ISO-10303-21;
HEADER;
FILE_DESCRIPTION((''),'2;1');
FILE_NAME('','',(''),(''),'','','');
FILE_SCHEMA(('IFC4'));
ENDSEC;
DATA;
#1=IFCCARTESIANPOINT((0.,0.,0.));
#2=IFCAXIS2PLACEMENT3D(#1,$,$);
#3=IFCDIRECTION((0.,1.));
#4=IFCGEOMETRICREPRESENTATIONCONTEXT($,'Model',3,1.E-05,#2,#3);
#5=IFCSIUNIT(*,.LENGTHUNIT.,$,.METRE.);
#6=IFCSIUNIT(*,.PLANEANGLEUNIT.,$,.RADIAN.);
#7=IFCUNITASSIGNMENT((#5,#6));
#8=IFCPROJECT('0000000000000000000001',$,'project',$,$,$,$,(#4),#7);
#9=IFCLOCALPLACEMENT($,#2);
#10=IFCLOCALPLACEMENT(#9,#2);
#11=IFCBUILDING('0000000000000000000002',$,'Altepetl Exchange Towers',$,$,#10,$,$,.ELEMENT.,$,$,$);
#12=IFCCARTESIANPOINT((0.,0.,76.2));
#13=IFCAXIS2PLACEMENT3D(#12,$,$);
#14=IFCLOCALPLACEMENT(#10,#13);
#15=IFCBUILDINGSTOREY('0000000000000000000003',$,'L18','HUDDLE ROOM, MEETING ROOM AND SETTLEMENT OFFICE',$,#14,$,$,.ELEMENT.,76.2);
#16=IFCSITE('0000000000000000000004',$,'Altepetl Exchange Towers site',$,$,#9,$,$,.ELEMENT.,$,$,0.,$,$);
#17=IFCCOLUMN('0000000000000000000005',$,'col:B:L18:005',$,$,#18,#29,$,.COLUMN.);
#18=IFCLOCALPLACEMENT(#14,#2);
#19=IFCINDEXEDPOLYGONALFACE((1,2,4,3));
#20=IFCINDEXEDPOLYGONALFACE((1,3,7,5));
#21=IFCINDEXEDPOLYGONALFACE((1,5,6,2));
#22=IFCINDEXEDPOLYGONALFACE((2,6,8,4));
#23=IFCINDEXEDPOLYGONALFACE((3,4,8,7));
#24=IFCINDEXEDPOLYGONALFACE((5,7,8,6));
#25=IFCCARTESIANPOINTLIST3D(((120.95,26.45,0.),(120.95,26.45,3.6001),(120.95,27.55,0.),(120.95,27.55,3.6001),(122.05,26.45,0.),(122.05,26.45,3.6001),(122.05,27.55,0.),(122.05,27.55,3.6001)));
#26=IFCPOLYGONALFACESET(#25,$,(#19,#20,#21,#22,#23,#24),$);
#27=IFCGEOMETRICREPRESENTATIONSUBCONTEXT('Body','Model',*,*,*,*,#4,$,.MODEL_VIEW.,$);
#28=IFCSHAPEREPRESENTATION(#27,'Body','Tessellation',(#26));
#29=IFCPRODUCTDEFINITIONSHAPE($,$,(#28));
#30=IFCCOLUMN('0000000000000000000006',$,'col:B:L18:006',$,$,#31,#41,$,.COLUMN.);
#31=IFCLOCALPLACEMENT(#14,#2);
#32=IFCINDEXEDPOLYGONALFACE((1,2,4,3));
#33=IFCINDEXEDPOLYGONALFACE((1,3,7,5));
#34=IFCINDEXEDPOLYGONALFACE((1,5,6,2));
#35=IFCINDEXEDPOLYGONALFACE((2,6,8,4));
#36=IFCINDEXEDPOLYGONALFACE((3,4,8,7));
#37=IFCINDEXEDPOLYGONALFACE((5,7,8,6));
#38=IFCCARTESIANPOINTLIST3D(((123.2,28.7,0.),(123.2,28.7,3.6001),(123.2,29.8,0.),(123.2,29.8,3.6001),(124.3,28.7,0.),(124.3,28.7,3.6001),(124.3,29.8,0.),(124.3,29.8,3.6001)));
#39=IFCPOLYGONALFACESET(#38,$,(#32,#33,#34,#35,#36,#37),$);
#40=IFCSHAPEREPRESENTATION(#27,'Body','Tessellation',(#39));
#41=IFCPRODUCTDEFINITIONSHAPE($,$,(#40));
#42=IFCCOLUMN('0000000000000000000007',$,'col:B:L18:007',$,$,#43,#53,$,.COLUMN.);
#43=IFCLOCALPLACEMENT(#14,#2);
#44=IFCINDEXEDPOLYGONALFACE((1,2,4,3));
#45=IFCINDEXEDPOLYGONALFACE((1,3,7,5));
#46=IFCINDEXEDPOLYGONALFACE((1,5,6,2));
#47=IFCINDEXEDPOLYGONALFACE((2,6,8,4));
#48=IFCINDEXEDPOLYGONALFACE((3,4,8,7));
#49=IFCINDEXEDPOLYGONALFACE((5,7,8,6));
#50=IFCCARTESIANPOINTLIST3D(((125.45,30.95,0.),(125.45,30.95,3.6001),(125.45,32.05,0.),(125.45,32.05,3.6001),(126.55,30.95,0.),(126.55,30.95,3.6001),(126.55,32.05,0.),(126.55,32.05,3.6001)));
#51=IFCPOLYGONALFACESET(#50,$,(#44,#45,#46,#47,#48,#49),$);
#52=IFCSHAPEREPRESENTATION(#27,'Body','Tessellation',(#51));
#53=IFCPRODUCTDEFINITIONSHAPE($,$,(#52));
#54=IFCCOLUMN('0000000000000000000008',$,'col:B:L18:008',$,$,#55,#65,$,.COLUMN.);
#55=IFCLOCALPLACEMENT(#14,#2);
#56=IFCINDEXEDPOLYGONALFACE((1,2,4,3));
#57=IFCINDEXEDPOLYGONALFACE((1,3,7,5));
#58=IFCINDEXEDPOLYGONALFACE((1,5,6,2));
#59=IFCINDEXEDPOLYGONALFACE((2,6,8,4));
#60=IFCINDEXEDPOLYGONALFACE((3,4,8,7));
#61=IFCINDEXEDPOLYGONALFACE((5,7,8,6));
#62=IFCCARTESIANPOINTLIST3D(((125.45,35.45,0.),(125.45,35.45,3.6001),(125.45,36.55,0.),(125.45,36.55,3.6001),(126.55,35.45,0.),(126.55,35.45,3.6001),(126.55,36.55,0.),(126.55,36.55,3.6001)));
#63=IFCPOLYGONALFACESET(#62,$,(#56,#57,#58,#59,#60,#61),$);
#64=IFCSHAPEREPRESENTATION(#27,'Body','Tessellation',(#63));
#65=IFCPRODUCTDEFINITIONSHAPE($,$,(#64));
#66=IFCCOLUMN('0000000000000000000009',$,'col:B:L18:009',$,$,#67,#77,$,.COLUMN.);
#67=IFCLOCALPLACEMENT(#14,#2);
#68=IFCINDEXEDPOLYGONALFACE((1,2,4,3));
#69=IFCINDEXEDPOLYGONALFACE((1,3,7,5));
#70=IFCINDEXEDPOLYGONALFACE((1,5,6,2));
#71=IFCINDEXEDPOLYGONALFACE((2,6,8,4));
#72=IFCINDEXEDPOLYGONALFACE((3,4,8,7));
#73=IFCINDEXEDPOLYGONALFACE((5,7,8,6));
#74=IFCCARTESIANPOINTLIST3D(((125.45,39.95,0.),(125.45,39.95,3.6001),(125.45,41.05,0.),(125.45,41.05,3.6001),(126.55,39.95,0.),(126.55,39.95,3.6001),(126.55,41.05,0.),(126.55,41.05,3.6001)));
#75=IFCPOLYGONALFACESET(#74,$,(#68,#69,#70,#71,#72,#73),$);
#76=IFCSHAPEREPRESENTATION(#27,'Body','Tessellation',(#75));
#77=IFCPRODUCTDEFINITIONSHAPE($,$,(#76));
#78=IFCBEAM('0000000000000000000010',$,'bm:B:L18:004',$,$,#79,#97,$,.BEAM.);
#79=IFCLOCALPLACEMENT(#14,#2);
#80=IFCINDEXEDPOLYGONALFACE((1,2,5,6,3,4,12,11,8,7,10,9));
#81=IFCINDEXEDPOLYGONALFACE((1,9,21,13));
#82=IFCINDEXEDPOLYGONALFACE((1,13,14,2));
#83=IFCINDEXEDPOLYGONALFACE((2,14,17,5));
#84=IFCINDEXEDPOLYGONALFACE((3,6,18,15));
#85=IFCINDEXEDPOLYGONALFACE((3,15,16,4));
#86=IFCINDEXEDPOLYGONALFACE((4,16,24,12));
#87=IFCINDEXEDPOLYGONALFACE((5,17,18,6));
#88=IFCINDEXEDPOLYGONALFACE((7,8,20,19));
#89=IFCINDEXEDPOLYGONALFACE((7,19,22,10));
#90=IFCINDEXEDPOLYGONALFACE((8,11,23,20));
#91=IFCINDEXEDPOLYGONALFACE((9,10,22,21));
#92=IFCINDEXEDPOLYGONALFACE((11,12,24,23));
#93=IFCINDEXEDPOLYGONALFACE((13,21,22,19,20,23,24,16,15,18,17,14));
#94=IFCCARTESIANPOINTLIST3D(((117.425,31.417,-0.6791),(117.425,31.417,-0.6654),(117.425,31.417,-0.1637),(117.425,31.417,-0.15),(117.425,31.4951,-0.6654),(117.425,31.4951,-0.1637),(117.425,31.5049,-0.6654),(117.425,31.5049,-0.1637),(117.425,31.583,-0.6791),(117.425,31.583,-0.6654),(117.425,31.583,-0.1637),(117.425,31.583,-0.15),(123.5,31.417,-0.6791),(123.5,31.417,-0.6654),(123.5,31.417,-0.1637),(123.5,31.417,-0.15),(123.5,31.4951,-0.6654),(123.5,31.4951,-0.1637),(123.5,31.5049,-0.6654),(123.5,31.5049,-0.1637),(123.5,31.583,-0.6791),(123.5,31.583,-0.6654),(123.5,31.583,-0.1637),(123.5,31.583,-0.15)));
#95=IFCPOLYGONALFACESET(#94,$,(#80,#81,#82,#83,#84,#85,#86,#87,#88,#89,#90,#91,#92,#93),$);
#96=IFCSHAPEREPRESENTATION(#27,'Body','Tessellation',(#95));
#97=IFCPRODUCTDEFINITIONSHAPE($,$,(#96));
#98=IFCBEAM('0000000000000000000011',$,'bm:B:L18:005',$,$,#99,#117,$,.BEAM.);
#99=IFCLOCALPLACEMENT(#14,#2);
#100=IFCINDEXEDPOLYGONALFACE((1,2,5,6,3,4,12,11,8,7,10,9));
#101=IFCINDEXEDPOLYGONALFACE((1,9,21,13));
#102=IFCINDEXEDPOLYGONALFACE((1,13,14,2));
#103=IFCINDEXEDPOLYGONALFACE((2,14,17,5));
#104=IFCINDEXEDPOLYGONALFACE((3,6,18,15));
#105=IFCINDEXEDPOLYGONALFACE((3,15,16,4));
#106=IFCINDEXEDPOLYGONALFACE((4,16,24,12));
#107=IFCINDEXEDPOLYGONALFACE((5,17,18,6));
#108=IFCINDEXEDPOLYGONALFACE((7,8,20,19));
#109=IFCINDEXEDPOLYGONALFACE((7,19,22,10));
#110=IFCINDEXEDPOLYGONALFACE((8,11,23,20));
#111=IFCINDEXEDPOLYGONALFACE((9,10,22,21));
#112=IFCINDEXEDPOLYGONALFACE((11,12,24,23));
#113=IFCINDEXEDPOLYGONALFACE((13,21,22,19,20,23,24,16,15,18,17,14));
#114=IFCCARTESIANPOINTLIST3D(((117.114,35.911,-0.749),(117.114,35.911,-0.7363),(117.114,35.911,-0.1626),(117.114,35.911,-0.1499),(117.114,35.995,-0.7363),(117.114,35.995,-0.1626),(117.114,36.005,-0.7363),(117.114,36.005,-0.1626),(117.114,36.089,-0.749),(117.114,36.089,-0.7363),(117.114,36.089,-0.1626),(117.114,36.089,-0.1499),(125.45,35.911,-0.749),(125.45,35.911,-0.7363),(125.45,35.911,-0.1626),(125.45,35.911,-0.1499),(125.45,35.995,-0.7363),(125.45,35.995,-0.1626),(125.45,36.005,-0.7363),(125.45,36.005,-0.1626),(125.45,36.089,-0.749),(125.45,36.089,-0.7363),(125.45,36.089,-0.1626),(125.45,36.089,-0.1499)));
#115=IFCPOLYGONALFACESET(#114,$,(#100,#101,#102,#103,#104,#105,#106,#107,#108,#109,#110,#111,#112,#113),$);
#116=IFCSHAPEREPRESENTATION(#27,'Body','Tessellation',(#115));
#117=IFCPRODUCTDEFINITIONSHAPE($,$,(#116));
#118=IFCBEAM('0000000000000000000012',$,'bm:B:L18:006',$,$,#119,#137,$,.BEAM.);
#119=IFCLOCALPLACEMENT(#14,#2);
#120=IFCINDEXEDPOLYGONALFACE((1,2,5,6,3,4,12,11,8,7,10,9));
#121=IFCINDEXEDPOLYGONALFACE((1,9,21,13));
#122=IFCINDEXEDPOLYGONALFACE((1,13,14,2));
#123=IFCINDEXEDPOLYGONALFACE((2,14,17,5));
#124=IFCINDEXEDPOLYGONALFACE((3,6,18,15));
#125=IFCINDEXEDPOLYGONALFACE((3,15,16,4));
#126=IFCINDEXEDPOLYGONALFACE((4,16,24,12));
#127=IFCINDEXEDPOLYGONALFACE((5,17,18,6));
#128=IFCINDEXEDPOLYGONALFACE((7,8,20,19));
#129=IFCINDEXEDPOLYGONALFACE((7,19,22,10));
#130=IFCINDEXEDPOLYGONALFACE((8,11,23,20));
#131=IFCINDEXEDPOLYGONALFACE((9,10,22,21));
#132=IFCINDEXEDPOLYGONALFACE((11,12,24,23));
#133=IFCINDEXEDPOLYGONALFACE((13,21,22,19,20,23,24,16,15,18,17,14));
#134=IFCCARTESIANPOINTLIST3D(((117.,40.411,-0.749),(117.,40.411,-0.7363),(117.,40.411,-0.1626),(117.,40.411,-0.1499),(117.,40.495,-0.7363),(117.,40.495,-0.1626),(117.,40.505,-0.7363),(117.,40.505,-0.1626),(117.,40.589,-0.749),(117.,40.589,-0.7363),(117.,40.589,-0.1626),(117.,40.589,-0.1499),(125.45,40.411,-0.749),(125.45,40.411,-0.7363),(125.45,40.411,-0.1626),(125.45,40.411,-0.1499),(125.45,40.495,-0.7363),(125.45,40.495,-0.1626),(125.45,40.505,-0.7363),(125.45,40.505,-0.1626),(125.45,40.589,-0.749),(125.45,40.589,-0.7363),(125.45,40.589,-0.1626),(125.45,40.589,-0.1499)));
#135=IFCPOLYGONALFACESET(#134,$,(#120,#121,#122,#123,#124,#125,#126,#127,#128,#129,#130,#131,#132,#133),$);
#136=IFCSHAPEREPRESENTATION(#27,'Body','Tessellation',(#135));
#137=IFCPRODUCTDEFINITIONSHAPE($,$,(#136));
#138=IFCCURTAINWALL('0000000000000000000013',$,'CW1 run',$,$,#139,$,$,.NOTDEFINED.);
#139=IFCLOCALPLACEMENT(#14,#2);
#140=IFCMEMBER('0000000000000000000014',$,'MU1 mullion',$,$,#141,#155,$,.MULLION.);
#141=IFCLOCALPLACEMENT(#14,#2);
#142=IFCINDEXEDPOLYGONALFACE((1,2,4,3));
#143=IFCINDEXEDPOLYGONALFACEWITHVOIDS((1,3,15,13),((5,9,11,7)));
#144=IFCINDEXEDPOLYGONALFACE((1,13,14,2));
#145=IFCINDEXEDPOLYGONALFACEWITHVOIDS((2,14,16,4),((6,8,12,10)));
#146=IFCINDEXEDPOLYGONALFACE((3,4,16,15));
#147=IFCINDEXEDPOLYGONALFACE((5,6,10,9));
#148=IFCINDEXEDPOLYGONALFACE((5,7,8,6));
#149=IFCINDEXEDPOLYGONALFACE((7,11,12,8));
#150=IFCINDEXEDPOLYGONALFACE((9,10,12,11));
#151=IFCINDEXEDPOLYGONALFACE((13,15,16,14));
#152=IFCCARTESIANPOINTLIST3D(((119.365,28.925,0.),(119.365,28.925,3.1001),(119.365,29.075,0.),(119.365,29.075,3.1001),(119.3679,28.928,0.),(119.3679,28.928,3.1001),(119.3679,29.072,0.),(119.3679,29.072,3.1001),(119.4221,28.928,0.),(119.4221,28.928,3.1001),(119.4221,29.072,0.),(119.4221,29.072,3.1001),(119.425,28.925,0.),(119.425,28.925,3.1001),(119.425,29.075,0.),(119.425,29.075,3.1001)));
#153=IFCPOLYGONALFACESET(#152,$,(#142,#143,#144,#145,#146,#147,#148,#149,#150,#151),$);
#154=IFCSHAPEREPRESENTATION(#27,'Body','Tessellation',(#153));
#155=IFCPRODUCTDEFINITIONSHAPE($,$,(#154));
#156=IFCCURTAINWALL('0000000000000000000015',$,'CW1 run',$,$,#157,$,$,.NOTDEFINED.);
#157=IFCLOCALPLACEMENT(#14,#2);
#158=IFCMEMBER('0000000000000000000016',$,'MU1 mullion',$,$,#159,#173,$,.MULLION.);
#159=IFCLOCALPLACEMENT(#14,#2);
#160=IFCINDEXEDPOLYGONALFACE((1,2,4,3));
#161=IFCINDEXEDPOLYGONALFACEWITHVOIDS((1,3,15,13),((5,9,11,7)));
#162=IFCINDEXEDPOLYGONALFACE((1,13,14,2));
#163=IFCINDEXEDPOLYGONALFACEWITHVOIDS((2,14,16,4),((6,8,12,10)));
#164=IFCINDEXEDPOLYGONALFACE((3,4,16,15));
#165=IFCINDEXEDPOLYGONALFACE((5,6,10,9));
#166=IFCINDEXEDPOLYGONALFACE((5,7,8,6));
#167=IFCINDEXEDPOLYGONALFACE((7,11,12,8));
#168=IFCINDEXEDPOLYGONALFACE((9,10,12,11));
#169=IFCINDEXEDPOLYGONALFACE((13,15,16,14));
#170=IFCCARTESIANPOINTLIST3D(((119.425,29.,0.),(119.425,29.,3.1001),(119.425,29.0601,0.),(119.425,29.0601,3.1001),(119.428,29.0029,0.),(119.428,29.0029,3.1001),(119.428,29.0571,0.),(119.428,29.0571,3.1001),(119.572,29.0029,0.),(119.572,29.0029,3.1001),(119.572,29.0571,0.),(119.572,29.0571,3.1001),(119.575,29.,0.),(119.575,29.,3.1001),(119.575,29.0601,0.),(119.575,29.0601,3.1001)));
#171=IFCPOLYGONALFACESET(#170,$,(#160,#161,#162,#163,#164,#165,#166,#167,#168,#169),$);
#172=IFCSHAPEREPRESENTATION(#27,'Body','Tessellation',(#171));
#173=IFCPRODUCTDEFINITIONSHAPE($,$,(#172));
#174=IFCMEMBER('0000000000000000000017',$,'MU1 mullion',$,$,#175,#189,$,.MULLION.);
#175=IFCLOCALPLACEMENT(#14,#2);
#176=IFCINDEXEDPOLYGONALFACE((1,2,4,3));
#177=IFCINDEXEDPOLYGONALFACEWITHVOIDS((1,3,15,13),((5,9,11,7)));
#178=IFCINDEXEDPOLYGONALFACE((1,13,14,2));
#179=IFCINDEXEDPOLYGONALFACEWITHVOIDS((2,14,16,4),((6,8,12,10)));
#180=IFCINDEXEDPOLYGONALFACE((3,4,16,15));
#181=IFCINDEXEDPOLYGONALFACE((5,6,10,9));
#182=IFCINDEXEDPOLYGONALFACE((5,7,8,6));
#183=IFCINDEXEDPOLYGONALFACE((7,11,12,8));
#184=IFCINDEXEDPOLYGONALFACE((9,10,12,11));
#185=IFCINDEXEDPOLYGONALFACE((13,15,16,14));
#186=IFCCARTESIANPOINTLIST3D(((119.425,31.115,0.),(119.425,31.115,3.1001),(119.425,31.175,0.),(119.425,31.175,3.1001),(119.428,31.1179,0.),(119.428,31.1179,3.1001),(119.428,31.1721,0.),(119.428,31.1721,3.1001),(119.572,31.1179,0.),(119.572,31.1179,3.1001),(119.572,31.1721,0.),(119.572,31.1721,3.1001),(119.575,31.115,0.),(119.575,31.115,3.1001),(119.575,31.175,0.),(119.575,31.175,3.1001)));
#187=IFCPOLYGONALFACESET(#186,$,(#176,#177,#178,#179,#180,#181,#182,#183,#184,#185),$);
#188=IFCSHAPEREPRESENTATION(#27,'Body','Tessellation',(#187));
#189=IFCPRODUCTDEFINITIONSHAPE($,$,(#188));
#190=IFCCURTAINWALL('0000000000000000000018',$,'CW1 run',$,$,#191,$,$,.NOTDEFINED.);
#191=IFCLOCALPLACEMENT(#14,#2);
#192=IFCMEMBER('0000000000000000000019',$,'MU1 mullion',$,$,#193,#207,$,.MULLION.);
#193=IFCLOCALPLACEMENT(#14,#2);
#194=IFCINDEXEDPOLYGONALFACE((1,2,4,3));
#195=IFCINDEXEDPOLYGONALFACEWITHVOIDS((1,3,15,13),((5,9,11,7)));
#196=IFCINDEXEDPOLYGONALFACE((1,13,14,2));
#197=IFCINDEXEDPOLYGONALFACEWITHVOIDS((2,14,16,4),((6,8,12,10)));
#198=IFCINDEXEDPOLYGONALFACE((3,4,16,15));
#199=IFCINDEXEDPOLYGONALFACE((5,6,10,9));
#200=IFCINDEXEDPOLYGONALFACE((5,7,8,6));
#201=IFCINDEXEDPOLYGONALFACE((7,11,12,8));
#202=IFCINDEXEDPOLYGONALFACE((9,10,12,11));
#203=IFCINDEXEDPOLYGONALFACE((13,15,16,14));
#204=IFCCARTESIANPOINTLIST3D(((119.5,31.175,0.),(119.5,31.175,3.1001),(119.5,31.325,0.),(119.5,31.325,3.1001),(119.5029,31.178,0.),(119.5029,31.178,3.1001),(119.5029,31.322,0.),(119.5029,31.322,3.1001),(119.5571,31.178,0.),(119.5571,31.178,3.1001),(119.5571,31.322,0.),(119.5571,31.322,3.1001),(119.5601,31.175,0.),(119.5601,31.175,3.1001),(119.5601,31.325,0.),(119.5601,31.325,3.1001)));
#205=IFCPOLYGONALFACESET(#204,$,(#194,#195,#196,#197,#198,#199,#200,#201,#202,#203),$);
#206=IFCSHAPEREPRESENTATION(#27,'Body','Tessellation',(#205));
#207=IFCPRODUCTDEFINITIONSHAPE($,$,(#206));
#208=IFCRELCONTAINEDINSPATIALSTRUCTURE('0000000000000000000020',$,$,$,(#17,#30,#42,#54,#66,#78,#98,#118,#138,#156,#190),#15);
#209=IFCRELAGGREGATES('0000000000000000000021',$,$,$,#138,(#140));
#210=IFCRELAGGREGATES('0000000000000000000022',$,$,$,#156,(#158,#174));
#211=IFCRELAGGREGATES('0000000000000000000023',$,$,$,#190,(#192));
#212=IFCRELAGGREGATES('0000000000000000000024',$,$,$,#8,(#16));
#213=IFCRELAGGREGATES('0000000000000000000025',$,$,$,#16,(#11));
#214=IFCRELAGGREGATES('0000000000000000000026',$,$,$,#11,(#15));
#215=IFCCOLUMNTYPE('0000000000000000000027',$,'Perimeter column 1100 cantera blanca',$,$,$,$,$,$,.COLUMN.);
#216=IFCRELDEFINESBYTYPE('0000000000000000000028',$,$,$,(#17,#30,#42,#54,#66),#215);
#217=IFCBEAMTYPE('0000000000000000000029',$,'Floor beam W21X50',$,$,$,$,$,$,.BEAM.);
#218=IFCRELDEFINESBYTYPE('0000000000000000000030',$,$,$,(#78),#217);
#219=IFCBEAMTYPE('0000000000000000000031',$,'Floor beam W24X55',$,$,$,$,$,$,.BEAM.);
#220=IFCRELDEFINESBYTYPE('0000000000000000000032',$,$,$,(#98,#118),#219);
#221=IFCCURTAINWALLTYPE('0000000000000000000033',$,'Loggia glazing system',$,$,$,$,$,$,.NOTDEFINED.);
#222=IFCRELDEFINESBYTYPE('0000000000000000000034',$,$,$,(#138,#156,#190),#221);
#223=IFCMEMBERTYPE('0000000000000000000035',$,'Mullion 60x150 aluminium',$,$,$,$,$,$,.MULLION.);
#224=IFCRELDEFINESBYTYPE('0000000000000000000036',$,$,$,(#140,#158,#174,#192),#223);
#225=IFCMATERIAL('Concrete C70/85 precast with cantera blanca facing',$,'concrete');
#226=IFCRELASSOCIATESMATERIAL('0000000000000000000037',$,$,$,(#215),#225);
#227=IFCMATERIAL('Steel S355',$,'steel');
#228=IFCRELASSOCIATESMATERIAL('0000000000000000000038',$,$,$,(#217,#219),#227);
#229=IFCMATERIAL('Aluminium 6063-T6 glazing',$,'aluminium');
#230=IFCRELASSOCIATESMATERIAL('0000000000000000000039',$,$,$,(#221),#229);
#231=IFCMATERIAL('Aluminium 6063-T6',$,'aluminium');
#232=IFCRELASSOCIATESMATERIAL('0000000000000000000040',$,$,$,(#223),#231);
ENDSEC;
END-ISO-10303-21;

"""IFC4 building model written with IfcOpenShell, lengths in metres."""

from ifc_helpers import new_model, si_unit, direction, frame, origin, origin_2d, place, context, subcontext, project, spatial, rectangle, hollow_rectangle, i_section, extrude, material, material_profile, profile_set, type_object, element, aggregate, save


model = new_model("IFC4")

# Units and contexts
model_context = context("Model", 3, precision=1e-05, world=origin(), true_north=direction((0.0, 1.0)))
body_context = subcontext(model_context, "Body", "Model", "MODEL_VIEW")
ifc_project = project(units=[si_unit("LENGTHUNIT", "METRE"), si_unit("PLANEANGLEUNIT", "RADIAN")], contexts=[model_context])

# Site, building, storey
site_placement = place(None, origin())
site = spatial("IfcSite", under=ifc_project, at=site_placement, Name="Altepetl Exchange Towers site", CompositionType="ELEMENT", RefElevation=0.0)
building_placement = place(site_placement, origin())
building = spatial("IfcBuilding", under=site, at=building_placement, Name="Altepetl Exchange Towers", CompositionType="ELEMENT")
storey_placement = place(building_placement, frame((0.0, 0.0, 76.2)))
storey = spatial("IfcBuildingStorey", under=building, at=storey_placement, Name="L18", Description="HUDDLE ROOM, MEETING ROOM AND SETTLEMENT OFFICE", CompositionType="ELEMENT", Elevation=76.2)

# Columns
ifc_material_1 = material(Name="Concrete C70/85 precast with cantera blanca facing", Category="concrete")
ifc_material_profile_1 = material_profile(ifc_material_1, rectangle(XDim=1.1001, YDim=1.1001, at=origin_2d()), Name="1100 x 1100")
ifc_profile_set_1 = profile_set([ifc_material_profile_1], Name="Concrete C70/85 precast with cantera blanca facing")
column_type = type_object("IfcColumnType", Name="Perimeter column 1100 cantera blanca", PredefinedType="COLUMN", material=ifc_profile_set_1)
for number, where, name in (
    (1, (121.5, 27.0, 0.0), "col:B:L18:005"),
    (2, (123.75, 29.25, 0.0), "col:B:L18:006"),
    (3, (126.0, 31.5, 0.0), "col:B:L18:007"),
    (4, (126.0, 36.0, 0.0), "col:B:L18:008"),
    (5, (126.0, 40.5, 0.0), "col:B:L18:009"),
):
    element("IfcColumn", number, at=place(storey_placement, frame(where)), inside=storey, type_object=column_type, Name=name, PredefinedType="COLUMN", context=body_context, shape_type="SweptSolid", body=[
        extrude(rectangle(XDim=1.1001, YDim=1.1001, at=origin_2d()), origin(), (0.0, 0.0, 1.0), 3.6001),
    ])

# Beams
ifc_material_2 = material(Name="Steel S355", Category="steel")
ifc_material_profile_2 = material_profile(ifc_material_2, i_section(OverallWidth=0.166, OverallDepth=0.5291, WebThickness=0.0098, FlangeThickness=0.0137, at=origin_2d()), Name="W21X50")
ifc_profile_set_2 = profile_set([ifc_material_profile_2], Name="Steel S355")
beam_type_1 = type_object("IfcBeamType", Name="Floor beam W21X50", PredefinedType="BEAM", material=ifc_profile_set_2)
beam_1_placement = place(storey_placement, frame((117.425, 31.5, -0.4146), z_axis=(1.0, 0.0, 0.0), x_axis=(0.0, 1.0, 0.0)))
element("IfcBeam", 6, at=beam_1_placement, inside=storey, type_object=beam_type_1, Name="bm:B:L18:004", PredefinedType="BEAM", context=body_context, shape_type="SweptSolid", body=[
    extrude(i_section(OverallWidth=0.166, OverallDepth=0.5291, WebThickness=0.0098, FlangeThickness=0.0137, at=origin_2d()), origin(), (0.0, 0.0, 1.0), 6.075),
])
ifc_material_profile_3 = material_profile(ifc_material_2, i_section(OverallWidth=0.178, OverallDepth=0.5991, WebThickness=0.01, FlangeThickness=0.0127, at=origin_2d()), Name="W24X55")
ifc_profile_set_3 = profile_set([ifc_material_profile_3], Name="Steel S355")
beam_type_2 = type_object("IfcBeamType", Name="Floor beam W24X55", PredefinedType="BEAM", material=ifc_profile_set_3)
beam_2_placement = place(storey_placement, frame((117.114, 36.0, -0.4495), z_axis=(1.0, 0.0, 0.0), x_axis=(0.0, 1.0, 0.0)))
element("IfcBeam", 7, at=beam_2_placement, inside=storey, type_object=beam_type_2, Name="bm:B:L18:005", PredefinedType="BEAM", context=body_context, shape_type="SweptSolid", body=[
    extrude(i_section(OverallWidth=0.178, OverallDepth=0.5991, WebThickness=0.01, FlangeThickness=0.0127, at=origin_2d()), origin(), (0.0, 0.0, 1.0), 8.3359),
])
beam_3_placement = place(storey_placement, frame((117.0, 40.5, -0.4495), z_axis=(1.0, 0.0, 0.0), x_axis=(0.0, 1.0, 0.0)))
element("IfcBeam", 8, at=beam_3_placement, inside=storey, type_object=beam_type_2, Name="bm:B:L18:006", PredefinedType="BEAM", context=body_context, shape_type="SweptSolid", body=[
    extrude(i_section(OverallWidth=0.178, OverallDepth=0.5991, WebThickness=0.01, FlangeThickness=0.0127, at=origin_2d()), origin(), (0.0, 0.0, 1.0), 8.45),
])

# Curtain wall, member
ifc_material_3 = material(Name="Aluminium 6063-T6 glazing", Category="aluminium")
curtain_wall_type = type_object("IfcCurtainWallType", Name="Loggia glazing system", PredefinedType="NOTDEFINED", material=ifc_material_3)
curtain_wall_1_placement = place(storey_placement, origin())
curtain_wall_1 = element("IfcCurtainWall", 9, at=curtain_wall_1_placement, inside=storey, type_object=curtain_wall_type, Name="CW1 run", PredefinedType="NOTDEFINED")
ifc_material_4 = material(Name="Aluminium 6063-T6", Category="aluminium")
ifc_material_profile_4 = material_profile(ifc_material_4, hollow_rectangle(XDim=0.0601, YDim=0.1499, WallThickness=0.0029, at=origin_2d()), Name="Mullion 60x150 aluminium")
ifc_profile_set_4 = profile_set([ifc_material_profile_4], Name="Aluminium 6063-T6")
member_type = type_object("IfcMemberType", Name="Mullion 60x150 aluminium", PredefinedType="MULLION", material=ifc_profile_set_4)
member_1_placement = place(storey_placement, frame((119.395, 29.0, 0.0)))
member_1 = element("IfcMember", 10, at=member_1_placement, type_object=member_type, Name="MU1 mullion", PredefinedType="MULLION", context=body_context, shape_type="SweptSolid", body=[
    extrude(hollow_rectangle(XDim=0.0601, YDim=0.1499, WallThickness=0.0029, at=origin_2d()), origin(), (0.0, 0.0, 1.0), 3.1001),
])

# Curtain walls, members
curtain_wall_2_placement = place(storey_placement, origin())
curtain_wall_2 = element("IfcCurtainWall", 11, at=curtain_wall_2_placement, inside=storey, type_object=curtain_wall_type, Name="CW1 run", PredefinedType="NOTDEFINED")
member_2_placement = place(storey_placement, frame((119.5, 29.03, 0.0), z_axis=(0.0, 0.0, 1.0), x_axis=(0.0, 1.0, 0.0)))
member_2 = element("IfcMember", 12, at=member_2_placement, type_object=member_type, Name="MU1 mullion", PredefinedType="MULLION", context=body_context, shape_type="SweptSolid", body=[
    extrude(hollow_rectangle(XDim=0.0601, YDim=0.1499, WallThickness=0.0029, at=origin_2d()), origin(), (0.0, 0.0, 1.0), 3.1001),
])
member_3_placement = place(storey_placement, frame((119.5, 31.145, 0.0), z_axis=(0.0, 0.0, 1.0), x_axis=(0.0, 1.0, 0.0)))
member_3 = element("IfcMember", 13, at=member_3_placement, type_object=member_type, Name="MU1 mullion", PredefinedType="MULLION", context=body_context, shape_type="SweptSolid", body=[
    extrude(hollow_rectangle(XDim=0.0601, YDim=0.1499, WallThickness=0.0029, at=origin_2d()), origin(), (0.0, 0.0, 1.0), 3.1001),
])
curtain_wall_3_placement = place(storey_placement, origin())
curtain_wall_3 = element("IfcCurtainWall", 14, at=curtain_wall_3_placement, inside=storey, type_object=curtain_wall_type, Name="CW1 run", PredefinedType="NOTDEFINED")
member_4_placement = place(storey_placement, frame((119.53, 31.25, 0.0)))
member_4 = element("IfcMember", 15, at=member_4_placement, type_object=member_type, Name="MU1 mullion", PredefinedType="MULLION", context=body_context, shape_type="SweptSolid", body=[
    extrude(hollow_rectangle(XDim=0.0601, YDim=0.1499, WallThickness=0.0029, at=origin_2d()), origin(), (0.0, 0.0, 1.0), 3.1001),
])

aggregate(curtain_wall_1, [member_1])
aggregate(curtain_wall_2, [member_2, member_3])
aggregate(curtain_wall_3, [member_4])

save(model, "model.ifc")
